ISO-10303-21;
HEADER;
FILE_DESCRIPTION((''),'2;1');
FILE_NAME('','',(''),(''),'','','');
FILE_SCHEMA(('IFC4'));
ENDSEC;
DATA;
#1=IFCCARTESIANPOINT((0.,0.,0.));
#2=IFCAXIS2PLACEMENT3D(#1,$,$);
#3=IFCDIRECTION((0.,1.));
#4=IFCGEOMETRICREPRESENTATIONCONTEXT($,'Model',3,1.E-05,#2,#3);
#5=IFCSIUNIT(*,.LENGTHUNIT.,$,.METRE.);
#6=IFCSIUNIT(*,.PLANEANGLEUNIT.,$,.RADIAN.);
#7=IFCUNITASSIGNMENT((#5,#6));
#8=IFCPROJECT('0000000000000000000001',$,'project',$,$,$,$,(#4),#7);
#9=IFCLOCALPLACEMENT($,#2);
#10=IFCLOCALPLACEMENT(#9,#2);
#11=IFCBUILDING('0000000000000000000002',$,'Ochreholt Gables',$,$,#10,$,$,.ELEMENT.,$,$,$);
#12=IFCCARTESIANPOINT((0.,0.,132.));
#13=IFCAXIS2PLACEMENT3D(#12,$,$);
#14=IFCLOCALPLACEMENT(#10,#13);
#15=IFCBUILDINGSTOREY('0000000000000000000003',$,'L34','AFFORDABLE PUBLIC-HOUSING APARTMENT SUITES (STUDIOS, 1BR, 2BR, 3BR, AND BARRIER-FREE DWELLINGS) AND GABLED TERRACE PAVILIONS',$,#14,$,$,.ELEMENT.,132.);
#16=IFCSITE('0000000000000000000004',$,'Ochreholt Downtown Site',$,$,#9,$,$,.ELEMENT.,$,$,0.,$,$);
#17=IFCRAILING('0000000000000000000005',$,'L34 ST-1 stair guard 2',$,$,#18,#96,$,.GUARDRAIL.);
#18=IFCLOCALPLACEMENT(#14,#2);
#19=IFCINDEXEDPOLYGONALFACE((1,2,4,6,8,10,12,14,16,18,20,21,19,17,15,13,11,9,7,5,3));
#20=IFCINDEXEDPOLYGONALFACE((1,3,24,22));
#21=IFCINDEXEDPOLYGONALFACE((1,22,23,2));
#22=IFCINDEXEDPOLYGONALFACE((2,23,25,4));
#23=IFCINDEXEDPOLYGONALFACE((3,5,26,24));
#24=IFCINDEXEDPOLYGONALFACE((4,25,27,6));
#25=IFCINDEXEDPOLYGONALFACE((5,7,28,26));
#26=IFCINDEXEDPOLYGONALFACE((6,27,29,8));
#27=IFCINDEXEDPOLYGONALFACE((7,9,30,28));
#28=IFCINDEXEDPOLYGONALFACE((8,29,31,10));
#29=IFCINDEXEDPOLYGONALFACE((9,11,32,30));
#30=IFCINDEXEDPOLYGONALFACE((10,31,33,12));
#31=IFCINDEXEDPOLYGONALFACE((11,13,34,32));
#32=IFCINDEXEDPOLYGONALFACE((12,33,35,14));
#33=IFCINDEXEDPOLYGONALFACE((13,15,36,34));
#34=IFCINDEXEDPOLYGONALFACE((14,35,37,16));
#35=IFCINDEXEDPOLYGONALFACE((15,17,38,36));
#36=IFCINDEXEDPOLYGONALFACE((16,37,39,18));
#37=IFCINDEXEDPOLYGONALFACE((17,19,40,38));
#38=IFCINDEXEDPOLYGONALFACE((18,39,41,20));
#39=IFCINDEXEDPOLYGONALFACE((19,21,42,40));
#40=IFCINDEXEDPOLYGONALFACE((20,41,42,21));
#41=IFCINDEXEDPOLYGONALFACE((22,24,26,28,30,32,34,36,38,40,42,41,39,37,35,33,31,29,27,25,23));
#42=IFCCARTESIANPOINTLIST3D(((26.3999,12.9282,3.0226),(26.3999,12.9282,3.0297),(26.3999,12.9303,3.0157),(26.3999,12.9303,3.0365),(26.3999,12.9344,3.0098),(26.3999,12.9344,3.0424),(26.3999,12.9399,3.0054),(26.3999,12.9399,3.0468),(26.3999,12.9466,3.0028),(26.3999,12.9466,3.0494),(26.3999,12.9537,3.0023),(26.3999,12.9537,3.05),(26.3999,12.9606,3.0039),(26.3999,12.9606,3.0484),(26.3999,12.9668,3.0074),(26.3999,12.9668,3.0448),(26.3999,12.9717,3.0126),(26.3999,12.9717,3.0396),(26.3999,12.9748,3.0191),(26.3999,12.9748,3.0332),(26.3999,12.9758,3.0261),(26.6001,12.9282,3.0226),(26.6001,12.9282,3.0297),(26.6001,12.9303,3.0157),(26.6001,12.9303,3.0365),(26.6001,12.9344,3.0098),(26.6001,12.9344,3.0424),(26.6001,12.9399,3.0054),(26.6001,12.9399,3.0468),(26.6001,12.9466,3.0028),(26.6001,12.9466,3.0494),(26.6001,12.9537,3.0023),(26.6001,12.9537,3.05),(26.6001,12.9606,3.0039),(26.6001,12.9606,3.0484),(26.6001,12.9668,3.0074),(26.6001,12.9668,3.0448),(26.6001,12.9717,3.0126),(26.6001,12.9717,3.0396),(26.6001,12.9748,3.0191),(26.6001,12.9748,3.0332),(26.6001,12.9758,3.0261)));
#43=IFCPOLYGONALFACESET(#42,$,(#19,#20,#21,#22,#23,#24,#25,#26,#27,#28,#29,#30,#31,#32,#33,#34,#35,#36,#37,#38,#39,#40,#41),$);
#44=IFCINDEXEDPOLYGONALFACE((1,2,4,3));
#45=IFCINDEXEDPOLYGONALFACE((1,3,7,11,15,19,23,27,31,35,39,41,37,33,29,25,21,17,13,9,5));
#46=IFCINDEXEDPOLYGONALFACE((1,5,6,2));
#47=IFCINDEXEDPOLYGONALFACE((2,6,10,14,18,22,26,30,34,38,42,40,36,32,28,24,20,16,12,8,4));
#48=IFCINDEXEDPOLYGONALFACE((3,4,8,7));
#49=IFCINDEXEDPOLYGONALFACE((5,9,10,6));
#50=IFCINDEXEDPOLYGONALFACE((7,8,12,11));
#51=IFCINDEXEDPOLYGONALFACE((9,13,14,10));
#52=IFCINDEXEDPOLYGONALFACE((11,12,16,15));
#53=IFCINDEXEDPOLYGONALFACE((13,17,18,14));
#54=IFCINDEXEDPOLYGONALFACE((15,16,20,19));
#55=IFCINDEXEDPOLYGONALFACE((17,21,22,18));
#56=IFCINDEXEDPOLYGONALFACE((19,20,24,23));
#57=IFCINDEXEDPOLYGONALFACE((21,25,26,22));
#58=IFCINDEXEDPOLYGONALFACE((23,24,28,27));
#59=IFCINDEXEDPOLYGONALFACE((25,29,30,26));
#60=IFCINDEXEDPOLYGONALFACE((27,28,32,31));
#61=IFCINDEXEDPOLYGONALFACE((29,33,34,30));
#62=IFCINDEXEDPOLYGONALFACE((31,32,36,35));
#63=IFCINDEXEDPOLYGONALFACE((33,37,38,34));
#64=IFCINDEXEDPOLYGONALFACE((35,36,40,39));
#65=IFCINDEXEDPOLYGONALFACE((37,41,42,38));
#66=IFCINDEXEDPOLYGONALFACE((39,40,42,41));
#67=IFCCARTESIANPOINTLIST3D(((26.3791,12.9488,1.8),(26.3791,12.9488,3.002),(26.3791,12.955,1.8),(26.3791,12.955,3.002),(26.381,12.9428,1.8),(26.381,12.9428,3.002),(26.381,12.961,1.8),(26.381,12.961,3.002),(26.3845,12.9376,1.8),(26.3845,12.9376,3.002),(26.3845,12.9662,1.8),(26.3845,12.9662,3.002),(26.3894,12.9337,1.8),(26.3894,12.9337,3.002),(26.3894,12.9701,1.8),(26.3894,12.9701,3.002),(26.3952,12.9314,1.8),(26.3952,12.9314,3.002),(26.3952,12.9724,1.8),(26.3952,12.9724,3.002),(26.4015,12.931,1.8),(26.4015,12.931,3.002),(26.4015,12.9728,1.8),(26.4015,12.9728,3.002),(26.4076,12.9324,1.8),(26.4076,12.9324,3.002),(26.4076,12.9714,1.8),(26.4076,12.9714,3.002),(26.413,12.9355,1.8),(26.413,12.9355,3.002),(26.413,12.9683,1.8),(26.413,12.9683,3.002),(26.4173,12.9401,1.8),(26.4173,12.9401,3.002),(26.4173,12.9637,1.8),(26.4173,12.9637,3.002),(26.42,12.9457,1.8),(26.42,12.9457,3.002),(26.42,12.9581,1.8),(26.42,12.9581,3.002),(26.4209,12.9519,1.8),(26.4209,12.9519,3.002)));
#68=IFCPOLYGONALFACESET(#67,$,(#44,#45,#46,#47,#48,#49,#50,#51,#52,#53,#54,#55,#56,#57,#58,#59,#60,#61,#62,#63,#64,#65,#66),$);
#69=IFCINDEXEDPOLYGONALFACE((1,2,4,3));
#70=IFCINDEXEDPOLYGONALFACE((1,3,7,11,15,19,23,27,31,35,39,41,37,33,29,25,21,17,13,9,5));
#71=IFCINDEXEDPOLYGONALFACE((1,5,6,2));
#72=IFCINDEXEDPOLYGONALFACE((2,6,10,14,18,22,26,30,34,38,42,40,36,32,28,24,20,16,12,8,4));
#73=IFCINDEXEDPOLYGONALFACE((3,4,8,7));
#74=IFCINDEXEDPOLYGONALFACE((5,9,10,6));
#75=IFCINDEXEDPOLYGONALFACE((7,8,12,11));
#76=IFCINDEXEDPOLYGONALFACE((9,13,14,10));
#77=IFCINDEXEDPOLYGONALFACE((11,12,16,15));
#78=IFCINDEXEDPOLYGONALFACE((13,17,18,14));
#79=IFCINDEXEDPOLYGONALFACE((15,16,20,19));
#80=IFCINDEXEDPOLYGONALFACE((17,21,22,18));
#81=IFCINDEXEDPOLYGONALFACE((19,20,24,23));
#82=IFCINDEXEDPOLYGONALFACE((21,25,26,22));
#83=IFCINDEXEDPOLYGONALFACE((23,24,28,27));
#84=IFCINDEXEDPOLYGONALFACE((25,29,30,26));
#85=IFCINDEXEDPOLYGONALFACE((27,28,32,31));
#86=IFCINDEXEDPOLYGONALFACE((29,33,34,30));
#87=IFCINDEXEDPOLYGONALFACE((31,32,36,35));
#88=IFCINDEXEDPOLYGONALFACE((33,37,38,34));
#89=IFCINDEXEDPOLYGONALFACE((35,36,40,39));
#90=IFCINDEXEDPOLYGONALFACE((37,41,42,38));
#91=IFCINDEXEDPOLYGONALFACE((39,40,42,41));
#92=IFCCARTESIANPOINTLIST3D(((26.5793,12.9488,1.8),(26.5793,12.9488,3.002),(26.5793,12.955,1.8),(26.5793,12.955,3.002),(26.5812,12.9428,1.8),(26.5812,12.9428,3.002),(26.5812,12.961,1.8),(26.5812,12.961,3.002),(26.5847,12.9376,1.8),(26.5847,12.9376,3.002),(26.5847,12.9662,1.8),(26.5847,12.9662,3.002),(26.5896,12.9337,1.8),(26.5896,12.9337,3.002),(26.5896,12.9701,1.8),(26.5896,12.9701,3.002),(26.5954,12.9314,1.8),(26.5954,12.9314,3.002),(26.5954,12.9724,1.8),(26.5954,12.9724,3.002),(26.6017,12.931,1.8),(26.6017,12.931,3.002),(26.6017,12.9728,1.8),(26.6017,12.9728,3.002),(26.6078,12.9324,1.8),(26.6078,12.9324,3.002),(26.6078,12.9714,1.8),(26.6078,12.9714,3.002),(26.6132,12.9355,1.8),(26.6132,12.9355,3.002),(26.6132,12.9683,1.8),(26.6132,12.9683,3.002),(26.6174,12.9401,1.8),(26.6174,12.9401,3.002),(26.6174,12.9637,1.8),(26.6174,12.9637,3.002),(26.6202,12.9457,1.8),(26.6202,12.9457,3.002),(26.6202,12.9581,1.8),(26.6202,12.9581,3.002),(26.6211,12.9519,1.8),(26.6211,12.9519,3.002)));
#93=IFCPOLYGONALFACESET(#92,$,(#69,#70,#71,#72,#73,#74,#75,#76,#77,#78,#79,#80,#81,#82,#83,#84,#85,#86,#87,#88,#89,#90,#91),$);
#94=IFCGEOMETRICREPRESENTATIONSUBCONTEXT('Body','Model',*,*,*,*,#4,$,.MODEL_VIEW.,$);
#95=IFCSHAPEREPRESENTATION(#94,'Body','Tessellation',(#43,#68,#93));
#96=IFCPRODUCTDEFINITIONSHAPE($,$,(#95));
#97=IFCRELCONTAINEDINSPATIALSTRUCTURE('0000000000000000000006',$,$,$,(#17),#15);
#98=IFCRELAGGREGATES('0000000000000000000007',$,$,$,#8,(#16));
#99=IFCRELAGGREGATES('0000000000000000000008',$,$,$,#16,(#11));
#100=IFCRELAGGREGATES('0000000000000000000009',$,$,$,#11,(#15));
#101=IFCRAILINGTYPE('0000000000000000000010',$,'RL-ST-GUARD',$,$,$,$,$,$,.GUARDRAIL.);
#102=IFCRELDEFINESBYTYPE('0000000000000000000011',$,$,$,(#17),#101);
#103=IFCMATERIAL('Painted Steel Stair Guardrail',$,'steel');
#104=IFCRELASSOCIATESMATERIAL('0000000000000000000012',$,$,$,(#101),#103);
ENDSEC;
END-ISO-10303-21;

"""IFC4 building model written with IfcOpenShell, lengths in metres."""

from ifc_helpers import new_model, si_unit, direction, frame, origin, origin_2d, place, context, subcontext, project, spatial, circle, extrude, material, type_object, element, save


model = new_model("IFC4")

# Units and contexts
model_context = context("Model", 3, precision=1e-05, world=origin(), true_north=direction((0.0, 1.0)))
body_context = subcontext(model_context, "Body", "Model", "MODEL_VIEW")
ifc_project = project(units=[si_unit("LENGTHUNIT", "METRE"), si_unit("PLANEANGLEUNIT", "RADIAN")], contexts=[model_context])

# Site, building, storey
site_placement = place(None, origin())
site = spatial("IfcSite", under=ifc_project, at=site_placement, Name="Ochreholt Downtown Site", CompositionType="ELEMENT", RefElevation=0.0)
building_placement = place(site_placement, origin())
building = spatial("IfcBuilding", under=site, at=building_placement, Name="Ochreholt Gables", CompositionType="ELEMENT")
storey_placement = place(building_placement, frame((0.0, 0.0, 132.0)))
storey = spatial("IfcBuildingStorey", under=building, at=storey_placement, Name="L34", Description="AFFORDABLE PUBLIC-HOUSING APARTMENT SUITES (STUDIOS, 1BR, 2BR, 3BR, AND BARRIER-FREE DWELLINGS) AND GABLED TERRACE PAVILIONS", CompositionType="ELEMENT", Elevation=132.0)

# Railing
ifc_material_1 = material(Name="Painted Steel Stair Guardrail", Category="steel")
railing_type_1 = type_object("IfcRailingType", Name="RL-ST-GUARD", PredefinedType="GUARDRAIL", material=ifc_material_1)
railing_1_placement = place(storey_placement, frame((26.3999, 12.9519, 1.8)))
element("IfcRailing", 1, at=railing_1_placement, inside=storey, type_object=railing_type_1, Name="L34 ST-1 stair guard 2", PredefinedType="GUARDRAIL", context=body_context, shape_type="SweptSolid", body=[
    extrude(circle(Radius=0.0239, at=origin_2d()), frame((0.0, 0.0, 1.2261), z_axis=(1.0, 0.0, 0.0), x_axis=(0.0, 1.0, 0.0)), (0.0, 0.0, 1.0), 0.2002),
    extrude(circle(Radius=0.021, at=origin_2d()), origin(), (0.0, 0.0, 1.0), 1.2019),
    extrude(circle(Radius=0.021, at=origin_2d()), frame((0.2002, 0.0, 0.0)), (0.0, 0.0, 1.0), 1.2019),
])

save(model, "model.ifc")
